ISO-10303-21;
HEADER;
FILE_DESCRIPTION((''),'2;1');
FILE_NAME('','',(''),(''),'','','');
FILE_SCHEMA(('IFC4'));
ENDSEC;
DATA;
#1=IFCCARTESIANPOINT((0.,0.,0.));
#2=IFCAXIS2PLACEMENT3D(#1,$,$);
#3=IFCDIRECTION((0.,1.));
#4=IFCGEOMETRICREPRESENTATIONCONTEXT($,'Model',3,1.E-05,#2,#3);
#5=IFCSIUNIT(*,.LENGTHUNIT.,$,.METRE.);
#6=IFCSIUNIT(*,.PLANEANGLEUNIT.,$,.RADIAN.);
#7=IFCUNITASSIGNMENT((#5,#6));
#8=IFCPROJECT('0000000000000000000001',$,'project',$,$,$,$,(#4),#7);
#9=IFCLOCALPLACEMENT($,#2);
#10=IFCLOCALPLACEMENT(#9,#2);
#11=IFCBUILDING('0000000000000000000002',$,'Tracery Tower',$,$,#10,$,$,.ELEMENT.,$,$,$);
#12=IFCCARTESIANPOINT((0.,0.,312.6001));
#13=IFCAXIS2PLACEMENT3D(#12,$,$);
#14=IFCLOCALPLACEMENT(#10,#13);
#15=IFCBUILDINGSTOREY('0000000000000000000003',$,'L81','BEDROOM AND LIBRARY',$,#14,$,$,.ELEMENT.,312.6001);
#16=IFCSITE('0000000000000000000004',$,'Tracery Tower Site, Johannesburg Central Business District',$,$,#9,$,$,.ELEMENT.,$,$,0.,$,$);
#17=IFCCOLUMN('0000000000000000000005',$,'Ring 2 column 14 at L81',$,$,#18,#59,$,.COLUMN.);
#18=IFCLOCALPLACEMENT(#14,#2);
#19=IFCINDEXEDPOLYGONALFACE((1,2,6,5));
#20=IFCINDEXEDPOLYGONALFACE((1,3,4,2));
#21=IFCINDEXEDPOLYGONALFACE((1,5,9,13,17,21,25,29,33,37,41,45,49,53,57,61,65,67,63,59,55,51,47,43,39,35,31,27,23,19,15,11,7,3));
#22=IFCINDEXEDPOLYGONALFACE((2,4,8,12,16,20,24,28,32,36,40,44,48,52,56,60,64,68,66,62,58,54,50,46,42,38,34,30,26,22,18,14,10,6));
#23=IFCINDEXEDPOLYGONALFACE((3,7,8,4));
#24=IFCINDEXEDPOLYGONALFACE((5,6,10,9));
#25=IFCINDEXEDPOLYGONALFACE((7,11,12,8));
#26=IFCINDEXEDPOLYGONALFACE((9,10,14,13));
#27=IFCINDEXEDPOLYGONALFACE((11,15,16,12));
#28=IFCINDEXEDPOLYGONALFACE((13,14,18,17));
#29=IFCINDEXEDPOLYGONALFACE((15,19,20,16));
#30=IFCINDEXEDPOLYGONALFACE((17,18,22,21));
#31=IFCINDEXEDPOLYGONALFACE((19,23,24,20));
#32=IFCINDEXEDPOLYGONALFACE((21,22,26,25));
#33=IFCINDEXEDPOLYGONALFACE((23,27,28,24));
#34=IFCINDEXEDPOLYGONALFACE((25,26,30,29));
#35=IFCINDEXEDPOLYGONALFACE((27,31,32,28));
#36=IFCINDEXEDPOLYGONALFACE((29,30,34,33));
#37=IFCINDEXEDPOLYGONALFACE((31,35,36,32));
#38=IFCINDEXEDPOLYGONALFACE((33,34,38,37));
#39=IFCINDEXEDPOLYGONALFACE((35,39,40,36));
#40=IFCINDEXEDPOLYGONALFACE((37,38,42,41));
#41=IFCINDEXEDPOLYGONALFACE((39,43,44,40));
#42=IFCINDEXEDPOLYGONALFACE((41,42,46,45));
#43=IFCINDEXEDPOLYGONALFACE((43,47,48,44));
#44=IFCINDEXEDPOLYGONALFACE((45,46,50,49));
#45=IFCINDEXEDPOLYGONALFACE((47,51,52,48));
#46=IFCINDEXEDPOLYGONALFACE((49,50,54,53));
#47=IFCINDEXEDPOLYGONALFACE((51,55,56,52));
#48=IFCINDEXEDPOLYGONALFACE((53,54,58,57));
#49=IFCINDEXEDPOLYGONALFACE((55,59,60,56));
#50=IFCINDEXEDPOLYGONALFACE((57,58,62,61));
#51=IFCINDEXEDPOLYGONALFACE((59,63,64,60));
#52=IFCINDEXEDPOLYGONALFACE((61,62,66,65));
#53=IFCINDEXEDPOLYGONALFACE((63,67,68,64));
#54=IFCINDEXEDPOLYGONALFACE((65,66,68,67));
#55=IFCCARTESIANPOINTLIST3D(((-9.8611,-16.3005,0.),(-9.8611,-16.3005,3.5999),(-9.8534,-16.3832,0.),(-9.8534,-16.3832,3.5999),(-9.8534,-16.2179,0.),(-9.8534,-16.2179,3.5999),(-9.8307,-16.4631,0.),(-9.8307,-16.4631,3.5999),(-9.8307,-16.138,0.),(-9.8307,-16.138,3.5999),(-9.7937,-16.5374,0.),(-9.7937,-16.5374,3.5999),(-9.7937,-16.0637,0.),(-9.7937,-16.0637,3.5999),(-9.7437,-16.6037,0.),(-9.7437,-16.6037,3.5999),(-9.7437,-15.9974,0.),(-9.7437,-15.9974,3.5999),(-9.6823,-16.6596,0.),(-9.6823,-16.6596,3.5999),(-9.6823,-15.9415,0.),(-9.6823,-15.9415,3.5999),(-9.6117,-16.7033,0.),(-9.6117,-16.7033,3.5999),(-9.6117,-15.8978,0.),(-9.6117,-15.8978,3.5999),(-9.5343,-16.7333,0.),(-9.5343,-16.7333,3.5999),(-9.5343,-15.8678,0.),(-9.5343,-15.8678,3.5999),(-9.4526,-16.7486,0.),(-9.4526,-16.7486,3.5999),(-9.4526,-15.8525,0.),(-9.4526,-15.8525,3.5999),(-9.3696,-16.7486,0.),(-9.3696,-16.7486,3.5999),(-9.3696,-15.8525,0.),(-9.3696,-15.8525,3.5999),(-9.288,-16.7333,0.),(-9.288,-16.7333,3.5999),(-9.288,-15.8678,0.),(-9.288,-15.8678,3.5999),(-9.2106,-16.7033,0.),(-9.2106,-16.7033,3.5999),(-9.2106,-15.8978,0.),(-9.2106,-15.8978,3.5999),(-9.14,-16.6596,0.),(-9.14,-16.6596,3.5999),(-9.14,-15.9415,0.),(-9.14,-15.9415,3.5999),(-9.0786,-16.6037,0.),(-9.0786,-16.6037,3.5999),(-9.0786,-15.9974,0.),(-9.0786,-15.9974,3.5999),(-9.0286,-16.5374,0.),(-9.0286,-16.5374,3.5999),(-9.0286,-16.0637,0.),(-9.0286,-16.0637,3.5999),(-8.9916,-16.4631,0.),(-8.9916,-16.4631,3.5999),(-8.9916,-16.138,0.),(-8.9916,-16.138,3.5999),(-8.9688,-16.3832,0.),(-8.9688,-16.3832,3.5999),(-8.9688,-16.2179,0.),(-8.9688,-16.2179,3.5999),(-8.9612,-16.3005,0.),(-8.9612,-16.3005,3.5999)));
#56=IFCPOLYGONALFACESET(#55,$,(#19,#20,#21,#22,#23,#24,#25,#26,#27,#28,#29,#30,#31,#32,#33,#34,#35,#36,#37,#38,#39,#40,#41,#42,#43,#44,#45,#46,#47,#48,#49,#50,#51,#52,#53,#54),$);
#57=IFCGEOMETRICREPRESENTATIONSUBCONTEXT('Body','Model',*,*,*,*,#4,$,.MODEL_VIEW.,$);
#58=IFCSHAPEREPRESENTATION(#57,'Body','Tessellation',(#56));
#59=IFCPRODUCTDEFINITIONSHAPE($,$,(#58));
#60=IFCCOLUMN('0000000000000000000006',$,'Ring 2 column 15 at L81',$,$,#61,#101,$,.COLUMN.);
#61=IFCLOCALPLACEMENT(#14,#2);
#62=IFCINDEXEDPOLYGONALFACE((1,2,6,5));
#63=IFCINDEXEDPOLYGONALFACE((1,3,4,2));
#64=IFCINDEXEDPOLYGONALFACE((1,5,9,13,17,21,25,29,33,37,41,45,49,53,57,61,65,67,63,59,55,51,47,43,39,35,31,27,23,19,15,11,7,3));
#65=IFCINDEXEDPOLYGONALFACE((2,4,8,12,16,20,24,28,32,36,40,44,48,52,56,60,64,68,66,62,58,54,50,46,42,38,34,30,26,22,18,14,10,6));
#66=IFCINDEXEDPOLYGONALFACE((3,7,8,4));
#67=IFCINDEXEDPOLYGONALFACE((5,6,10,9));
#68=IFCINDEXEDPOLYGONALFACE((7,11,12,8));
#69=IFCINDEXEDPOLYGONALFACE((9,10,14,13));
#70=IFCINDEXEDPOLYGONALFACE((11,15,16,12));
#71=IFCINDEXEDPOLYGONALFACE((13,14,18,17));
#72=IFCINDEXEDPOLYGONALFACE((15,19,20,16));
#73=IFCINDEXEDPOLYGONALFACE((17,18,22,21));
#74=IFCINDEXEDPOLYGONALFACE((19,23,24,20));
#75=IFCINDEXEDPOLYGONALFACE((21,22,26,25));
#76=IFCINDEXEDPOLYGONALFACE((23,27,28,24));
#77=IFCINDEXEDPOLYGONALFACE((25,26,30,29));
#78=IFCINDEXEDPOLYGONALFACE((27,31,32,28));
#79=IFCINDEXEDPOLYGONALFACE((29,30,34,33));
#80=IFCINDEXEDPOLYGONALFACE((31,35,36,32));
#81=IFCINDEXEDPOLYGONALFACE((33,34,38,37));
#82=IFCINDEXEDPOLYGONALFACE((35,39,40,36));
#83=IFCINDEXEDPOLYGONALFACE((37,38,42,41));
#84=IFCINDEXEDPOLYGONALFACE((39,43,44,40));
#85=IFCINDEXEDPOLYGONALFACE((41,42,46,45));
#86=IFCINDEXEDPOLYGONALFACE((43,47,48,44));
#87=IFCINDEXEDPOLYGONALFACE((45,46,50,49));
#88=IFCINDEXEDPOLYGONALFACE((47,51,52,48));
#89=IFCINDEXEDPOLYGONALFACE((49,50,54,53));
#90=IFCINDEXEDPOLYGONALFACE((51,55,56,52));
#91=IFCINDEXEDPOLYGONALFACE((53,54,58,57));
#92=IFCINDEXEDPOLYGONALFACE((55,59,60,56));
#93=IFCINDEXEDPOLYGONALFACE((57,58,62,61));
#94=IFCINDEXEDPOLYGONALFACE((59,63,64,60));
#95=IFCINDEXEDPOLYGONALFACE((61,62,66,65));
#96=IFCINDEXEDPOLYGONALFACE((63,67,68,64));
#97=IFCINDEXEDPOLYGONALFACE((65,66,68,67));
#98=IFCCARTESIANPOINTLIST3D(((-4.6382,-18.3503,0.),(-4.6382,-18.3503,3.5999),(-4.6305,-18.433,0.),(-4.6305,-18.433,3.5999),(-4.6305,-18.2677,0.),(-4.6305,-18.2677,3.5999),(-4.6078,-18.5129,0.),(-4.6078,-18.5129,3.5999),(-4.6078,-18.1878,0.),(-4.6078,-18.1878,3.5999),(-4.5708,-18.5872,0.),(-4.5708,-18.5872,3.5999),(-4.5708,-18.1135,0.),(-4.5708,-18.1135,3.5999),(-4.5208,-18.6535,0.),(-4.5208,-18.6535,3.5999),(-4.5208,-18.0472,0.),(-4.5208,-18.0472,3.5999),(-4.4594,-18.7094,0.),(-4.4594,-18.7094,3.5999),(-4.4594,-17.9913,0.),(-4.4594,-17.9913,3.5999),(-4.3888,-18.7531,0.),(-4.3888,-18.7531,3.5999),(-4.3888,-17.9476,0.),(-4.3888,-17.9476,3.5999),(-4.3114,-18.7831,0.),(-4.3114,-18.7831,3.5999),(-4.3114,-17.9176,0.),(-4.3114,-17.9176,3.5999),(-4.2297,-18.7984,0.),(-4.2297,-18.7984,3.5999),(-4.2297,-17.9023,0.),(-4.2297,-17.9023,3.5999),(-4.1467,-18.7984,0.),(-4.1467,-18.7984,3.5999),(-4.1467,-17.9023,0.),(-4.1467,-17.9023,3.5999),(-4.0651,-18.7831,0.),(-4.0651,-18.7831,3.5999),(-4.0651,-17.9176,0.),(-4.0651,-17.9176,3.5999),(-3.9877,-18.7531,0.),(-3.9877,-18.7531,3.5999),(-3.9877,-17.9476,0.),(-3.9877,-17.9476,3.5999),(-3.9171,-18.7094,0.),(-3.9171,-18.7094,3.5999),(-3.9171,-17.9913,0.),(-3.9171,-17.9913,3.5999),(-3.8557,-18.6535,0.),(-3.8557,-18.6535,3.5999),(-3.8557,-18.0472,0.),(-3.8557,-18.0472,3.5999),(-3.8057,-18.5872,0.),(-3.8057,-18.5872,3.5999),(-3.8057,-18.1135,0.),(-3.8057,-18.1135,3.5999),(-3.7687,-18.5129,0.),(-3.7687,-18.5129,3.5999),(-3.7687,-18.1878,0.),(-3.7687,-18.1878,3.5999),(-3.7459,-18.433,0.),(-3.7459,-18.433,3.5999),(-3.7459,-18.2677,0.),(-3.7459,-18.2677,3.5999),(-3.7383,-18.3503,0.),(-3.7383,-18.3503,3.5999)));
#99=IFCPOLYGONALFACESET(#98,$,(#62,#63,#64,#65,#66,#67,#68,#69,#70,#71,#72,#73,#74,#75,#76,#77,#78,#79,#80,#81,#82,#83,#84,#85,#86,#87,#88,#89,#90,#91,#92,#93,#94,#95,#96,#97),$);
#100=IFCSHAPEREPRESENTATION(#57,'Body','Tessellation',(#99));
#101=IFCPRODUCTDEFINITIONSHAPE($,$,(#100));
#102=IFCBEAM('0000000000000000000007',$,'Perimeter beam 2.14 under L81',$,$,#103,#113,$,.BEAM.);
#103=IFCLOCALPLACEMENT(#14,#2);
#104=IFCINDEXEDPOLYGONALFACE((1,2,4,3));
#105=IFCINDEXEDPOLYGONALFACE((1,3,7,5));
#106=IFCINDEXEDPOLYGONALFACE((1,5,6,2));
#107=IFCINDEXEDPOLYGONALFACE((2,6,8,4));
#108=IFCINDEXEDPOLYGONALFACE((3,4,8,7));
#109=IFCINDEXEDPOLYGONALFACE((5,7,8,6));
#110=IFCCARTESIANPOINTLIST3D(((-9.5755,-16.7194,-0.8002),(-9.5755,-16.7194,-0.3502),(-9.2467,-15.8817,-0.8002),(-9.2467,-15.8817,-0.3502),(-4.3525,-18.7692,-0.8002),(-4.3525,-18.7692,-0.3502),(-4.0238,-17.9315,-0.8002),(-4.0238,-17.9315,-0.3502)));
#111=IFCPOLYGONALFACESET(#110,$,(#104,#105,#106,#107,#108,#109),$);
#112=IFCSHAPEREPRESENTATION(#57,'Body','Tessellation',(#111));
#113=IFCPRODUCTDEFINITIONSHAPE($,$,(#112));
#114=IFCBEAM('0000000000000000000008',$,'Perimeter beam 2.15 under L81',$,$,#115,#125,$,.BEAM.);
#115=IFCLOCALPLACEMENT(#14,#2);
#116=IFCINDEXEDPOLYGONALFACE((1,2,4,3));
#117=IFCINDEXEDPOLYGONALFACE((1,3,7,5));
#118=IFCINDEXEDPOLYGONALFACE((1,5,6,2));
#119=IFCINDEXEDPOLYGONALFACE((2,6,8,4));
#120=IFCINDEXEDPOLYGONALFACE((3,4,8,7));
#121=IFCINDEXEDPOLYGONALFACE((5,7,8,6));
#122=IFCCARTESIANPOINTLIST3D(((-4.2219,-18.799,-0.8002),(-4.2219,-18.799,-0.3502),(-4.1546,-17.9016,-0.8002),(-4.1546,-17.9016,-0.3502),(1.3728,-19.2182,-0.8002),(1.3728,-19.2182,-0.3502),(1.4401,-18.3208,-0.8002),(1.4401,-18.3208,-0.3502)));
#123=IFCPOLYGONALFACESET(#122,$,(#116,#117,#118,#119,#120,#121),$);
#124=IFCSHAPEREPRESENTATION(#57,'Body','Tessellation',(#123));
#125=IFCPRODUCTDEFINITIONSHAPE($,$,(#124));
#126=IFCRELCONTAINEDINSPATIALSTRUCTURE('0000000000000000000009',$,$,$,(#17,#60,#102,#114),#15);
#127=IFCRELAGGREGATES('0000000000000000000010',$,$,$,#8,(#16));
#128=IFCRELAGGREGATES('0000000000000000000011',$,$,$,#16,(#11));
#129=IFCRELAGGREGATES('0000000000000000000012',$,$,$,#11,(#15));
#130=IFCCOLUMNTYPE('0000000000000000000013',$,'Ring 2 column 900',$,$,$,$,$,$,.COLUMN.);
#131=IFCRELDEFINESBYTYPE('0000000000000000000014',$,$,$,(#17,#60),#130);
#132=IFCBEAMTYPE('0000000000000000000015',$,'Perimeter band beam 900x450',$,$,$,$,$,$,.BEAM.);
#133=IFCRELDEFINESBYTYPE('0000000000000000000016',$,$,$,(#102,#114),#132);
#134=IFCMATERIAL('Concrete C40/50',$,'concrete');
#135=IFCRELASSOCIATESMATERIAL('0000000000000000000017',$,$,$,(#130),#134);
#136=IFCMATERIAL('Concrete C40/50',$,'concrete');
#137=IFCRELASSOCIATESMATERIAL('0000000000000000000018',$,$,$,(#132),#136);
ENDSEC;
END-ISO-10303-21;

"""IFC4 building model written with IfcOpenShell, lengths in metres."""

from ifc_helpers import new_model, si_unit, direction, frame, origin, origin_2d, place, context, subcontext, project, spatial, rectangle, circle, extrude, material, material_profile, profile_set, type_object, element, save


model = new_model("IFC4")

# Units and contexts
model_context = context("Model", 3, precision=1e-05, world=origin(), true_north=direction((0.0, 1.0)))
body_context = subcontext(model_context, "Body", "Model", "MODEL_VIEW")
ifc_project = project(units=[si_unit("LENGTHUNIT", "METRE"), si_unit("PLANEANGLEUNIT", "RADIAN")], contexts=[model_context])

# Site, building, storey
site_placement = place(None, origin())
site = spatial("IfcSite", under=ifc_project, at=site_placement, Name="Tracery Tower Site, Johannesburg Central Business District", CompositionType="ELEMENT", RefElevation=0.0)
building_placement = place(site_placement, origin())
building = spatial("IfcBuilding", under=site, at=building_placement, Name="Tracery Tower", CompositionType="ELEMENT")
storey_placement = place(building_placement, frame((0.0, 0.0, 312.6001)))
storey = spatial("IfcBuildingStorey", under=building, at=storey_placement, Name="L81", Description="BEDROOM AND LIBRARY", CompositionType="ELEMENT", Elevation=312.6001)

# Columns
ifc_material_1 = material(Name="Concrete C40/50", Category="concrete")
ifc_material_profile_1 = material_profile(ifc_material_1, circle(Radius=0.45, at=origin_2d()), Name="RC D900")
ifc_profile_set_1 = profile_set([ifc_material_profile_1], Name="Concrete C40/50")
column_type = type_object("IfcColumnType", Name="Ring 2 column 900", PredefinedType="COLUMN", material=ifc_profile_set_1)
for number, where, z_axis, x_axis, name in (
    (1, (-9.4111, -16.3005, 0.0), (0.0, 0.0, 1.0), (1.0, 0.0, 0.0), "Ring 2 column 14 at L81"),
    (2, (-4.1882, -18.3503, 0.0), (0.0, 0.0, 1.0), (1.0, 0.0, 0.0), "Ring 2 column 15 at L81"),
):
    element("IfcColumn", number, at=place(storey_placement, frame(where, z_axis=z_axis, x_axis=x_axis)), inside=storey, type_object=column_type, Name=name, PredefinedType="COLUMN", context=body_context, shape_type="SweptSolid", body=[
        extrude(circle(Radius=0.45, at=origin_2d()), origin(), (0.0, 0.0, 1.0), 3.5999),
    ])

# Beams
ifc_material_2 = material(Name="Concrete C40/50", Category="concrete")
ifc_material_profile_2 = material_profile(ifc_material_2, rectangle(XDim=0.8999, YDim=0.45, at=origin_2d()), Name="RC 900x450")
ifc_profile_set_2 = profile_set([ifc_material_profile_2], Name="Concrete C40/50")
beam_type = type_object("IfcBeamType", Name="Perimeter band beam 900x450", PredefinedType="BEAM", material=ifc_profile_set_2)
beam_1_placement = place(storey_placement, frame((-9.4111, -16.3005, -0.5752), z_axis=(0.930876, -0.365336, 0.0), x_axis=(0.365336, 0.930876, 0.0)))
element("IfcBeam", 3, at=beam_1_placement, inside=storey, type_object=beam_type, Name="Perimeter beam 2.14 under L81", PredefinedType="BEAM", context=body_context, shape_type="SweptSolid", body=[
    extrude(rectangle(XDim=0.8999, YDim=0.45, at=origin_2d()), origin(), (0.0, 0.0, 1.0), 5.6108),
])
beam_2_placement = place(storey_placement, frame((-4.1882, -18.3503, -0.5752), z_axis=(0.997205, -0.074716, 0.0), x_axis=(0.074716, 0.997205, 0.0)))
element("IfcBeam", 4, at=beam_2_placement, inside=storey, type_object=beam_type, Name="Perimeter beam 2.15 under L81", PredefinedType="BEAM", context=body_context, shape_type="SweptSolid", body=[
    extrude(rectangle(XDim=0.8999, YDim=0.45, at=origin_2d()), origin(), (0.0, 0.0, 1.0), 5.6104),
])

save(model, "model.ifc")
